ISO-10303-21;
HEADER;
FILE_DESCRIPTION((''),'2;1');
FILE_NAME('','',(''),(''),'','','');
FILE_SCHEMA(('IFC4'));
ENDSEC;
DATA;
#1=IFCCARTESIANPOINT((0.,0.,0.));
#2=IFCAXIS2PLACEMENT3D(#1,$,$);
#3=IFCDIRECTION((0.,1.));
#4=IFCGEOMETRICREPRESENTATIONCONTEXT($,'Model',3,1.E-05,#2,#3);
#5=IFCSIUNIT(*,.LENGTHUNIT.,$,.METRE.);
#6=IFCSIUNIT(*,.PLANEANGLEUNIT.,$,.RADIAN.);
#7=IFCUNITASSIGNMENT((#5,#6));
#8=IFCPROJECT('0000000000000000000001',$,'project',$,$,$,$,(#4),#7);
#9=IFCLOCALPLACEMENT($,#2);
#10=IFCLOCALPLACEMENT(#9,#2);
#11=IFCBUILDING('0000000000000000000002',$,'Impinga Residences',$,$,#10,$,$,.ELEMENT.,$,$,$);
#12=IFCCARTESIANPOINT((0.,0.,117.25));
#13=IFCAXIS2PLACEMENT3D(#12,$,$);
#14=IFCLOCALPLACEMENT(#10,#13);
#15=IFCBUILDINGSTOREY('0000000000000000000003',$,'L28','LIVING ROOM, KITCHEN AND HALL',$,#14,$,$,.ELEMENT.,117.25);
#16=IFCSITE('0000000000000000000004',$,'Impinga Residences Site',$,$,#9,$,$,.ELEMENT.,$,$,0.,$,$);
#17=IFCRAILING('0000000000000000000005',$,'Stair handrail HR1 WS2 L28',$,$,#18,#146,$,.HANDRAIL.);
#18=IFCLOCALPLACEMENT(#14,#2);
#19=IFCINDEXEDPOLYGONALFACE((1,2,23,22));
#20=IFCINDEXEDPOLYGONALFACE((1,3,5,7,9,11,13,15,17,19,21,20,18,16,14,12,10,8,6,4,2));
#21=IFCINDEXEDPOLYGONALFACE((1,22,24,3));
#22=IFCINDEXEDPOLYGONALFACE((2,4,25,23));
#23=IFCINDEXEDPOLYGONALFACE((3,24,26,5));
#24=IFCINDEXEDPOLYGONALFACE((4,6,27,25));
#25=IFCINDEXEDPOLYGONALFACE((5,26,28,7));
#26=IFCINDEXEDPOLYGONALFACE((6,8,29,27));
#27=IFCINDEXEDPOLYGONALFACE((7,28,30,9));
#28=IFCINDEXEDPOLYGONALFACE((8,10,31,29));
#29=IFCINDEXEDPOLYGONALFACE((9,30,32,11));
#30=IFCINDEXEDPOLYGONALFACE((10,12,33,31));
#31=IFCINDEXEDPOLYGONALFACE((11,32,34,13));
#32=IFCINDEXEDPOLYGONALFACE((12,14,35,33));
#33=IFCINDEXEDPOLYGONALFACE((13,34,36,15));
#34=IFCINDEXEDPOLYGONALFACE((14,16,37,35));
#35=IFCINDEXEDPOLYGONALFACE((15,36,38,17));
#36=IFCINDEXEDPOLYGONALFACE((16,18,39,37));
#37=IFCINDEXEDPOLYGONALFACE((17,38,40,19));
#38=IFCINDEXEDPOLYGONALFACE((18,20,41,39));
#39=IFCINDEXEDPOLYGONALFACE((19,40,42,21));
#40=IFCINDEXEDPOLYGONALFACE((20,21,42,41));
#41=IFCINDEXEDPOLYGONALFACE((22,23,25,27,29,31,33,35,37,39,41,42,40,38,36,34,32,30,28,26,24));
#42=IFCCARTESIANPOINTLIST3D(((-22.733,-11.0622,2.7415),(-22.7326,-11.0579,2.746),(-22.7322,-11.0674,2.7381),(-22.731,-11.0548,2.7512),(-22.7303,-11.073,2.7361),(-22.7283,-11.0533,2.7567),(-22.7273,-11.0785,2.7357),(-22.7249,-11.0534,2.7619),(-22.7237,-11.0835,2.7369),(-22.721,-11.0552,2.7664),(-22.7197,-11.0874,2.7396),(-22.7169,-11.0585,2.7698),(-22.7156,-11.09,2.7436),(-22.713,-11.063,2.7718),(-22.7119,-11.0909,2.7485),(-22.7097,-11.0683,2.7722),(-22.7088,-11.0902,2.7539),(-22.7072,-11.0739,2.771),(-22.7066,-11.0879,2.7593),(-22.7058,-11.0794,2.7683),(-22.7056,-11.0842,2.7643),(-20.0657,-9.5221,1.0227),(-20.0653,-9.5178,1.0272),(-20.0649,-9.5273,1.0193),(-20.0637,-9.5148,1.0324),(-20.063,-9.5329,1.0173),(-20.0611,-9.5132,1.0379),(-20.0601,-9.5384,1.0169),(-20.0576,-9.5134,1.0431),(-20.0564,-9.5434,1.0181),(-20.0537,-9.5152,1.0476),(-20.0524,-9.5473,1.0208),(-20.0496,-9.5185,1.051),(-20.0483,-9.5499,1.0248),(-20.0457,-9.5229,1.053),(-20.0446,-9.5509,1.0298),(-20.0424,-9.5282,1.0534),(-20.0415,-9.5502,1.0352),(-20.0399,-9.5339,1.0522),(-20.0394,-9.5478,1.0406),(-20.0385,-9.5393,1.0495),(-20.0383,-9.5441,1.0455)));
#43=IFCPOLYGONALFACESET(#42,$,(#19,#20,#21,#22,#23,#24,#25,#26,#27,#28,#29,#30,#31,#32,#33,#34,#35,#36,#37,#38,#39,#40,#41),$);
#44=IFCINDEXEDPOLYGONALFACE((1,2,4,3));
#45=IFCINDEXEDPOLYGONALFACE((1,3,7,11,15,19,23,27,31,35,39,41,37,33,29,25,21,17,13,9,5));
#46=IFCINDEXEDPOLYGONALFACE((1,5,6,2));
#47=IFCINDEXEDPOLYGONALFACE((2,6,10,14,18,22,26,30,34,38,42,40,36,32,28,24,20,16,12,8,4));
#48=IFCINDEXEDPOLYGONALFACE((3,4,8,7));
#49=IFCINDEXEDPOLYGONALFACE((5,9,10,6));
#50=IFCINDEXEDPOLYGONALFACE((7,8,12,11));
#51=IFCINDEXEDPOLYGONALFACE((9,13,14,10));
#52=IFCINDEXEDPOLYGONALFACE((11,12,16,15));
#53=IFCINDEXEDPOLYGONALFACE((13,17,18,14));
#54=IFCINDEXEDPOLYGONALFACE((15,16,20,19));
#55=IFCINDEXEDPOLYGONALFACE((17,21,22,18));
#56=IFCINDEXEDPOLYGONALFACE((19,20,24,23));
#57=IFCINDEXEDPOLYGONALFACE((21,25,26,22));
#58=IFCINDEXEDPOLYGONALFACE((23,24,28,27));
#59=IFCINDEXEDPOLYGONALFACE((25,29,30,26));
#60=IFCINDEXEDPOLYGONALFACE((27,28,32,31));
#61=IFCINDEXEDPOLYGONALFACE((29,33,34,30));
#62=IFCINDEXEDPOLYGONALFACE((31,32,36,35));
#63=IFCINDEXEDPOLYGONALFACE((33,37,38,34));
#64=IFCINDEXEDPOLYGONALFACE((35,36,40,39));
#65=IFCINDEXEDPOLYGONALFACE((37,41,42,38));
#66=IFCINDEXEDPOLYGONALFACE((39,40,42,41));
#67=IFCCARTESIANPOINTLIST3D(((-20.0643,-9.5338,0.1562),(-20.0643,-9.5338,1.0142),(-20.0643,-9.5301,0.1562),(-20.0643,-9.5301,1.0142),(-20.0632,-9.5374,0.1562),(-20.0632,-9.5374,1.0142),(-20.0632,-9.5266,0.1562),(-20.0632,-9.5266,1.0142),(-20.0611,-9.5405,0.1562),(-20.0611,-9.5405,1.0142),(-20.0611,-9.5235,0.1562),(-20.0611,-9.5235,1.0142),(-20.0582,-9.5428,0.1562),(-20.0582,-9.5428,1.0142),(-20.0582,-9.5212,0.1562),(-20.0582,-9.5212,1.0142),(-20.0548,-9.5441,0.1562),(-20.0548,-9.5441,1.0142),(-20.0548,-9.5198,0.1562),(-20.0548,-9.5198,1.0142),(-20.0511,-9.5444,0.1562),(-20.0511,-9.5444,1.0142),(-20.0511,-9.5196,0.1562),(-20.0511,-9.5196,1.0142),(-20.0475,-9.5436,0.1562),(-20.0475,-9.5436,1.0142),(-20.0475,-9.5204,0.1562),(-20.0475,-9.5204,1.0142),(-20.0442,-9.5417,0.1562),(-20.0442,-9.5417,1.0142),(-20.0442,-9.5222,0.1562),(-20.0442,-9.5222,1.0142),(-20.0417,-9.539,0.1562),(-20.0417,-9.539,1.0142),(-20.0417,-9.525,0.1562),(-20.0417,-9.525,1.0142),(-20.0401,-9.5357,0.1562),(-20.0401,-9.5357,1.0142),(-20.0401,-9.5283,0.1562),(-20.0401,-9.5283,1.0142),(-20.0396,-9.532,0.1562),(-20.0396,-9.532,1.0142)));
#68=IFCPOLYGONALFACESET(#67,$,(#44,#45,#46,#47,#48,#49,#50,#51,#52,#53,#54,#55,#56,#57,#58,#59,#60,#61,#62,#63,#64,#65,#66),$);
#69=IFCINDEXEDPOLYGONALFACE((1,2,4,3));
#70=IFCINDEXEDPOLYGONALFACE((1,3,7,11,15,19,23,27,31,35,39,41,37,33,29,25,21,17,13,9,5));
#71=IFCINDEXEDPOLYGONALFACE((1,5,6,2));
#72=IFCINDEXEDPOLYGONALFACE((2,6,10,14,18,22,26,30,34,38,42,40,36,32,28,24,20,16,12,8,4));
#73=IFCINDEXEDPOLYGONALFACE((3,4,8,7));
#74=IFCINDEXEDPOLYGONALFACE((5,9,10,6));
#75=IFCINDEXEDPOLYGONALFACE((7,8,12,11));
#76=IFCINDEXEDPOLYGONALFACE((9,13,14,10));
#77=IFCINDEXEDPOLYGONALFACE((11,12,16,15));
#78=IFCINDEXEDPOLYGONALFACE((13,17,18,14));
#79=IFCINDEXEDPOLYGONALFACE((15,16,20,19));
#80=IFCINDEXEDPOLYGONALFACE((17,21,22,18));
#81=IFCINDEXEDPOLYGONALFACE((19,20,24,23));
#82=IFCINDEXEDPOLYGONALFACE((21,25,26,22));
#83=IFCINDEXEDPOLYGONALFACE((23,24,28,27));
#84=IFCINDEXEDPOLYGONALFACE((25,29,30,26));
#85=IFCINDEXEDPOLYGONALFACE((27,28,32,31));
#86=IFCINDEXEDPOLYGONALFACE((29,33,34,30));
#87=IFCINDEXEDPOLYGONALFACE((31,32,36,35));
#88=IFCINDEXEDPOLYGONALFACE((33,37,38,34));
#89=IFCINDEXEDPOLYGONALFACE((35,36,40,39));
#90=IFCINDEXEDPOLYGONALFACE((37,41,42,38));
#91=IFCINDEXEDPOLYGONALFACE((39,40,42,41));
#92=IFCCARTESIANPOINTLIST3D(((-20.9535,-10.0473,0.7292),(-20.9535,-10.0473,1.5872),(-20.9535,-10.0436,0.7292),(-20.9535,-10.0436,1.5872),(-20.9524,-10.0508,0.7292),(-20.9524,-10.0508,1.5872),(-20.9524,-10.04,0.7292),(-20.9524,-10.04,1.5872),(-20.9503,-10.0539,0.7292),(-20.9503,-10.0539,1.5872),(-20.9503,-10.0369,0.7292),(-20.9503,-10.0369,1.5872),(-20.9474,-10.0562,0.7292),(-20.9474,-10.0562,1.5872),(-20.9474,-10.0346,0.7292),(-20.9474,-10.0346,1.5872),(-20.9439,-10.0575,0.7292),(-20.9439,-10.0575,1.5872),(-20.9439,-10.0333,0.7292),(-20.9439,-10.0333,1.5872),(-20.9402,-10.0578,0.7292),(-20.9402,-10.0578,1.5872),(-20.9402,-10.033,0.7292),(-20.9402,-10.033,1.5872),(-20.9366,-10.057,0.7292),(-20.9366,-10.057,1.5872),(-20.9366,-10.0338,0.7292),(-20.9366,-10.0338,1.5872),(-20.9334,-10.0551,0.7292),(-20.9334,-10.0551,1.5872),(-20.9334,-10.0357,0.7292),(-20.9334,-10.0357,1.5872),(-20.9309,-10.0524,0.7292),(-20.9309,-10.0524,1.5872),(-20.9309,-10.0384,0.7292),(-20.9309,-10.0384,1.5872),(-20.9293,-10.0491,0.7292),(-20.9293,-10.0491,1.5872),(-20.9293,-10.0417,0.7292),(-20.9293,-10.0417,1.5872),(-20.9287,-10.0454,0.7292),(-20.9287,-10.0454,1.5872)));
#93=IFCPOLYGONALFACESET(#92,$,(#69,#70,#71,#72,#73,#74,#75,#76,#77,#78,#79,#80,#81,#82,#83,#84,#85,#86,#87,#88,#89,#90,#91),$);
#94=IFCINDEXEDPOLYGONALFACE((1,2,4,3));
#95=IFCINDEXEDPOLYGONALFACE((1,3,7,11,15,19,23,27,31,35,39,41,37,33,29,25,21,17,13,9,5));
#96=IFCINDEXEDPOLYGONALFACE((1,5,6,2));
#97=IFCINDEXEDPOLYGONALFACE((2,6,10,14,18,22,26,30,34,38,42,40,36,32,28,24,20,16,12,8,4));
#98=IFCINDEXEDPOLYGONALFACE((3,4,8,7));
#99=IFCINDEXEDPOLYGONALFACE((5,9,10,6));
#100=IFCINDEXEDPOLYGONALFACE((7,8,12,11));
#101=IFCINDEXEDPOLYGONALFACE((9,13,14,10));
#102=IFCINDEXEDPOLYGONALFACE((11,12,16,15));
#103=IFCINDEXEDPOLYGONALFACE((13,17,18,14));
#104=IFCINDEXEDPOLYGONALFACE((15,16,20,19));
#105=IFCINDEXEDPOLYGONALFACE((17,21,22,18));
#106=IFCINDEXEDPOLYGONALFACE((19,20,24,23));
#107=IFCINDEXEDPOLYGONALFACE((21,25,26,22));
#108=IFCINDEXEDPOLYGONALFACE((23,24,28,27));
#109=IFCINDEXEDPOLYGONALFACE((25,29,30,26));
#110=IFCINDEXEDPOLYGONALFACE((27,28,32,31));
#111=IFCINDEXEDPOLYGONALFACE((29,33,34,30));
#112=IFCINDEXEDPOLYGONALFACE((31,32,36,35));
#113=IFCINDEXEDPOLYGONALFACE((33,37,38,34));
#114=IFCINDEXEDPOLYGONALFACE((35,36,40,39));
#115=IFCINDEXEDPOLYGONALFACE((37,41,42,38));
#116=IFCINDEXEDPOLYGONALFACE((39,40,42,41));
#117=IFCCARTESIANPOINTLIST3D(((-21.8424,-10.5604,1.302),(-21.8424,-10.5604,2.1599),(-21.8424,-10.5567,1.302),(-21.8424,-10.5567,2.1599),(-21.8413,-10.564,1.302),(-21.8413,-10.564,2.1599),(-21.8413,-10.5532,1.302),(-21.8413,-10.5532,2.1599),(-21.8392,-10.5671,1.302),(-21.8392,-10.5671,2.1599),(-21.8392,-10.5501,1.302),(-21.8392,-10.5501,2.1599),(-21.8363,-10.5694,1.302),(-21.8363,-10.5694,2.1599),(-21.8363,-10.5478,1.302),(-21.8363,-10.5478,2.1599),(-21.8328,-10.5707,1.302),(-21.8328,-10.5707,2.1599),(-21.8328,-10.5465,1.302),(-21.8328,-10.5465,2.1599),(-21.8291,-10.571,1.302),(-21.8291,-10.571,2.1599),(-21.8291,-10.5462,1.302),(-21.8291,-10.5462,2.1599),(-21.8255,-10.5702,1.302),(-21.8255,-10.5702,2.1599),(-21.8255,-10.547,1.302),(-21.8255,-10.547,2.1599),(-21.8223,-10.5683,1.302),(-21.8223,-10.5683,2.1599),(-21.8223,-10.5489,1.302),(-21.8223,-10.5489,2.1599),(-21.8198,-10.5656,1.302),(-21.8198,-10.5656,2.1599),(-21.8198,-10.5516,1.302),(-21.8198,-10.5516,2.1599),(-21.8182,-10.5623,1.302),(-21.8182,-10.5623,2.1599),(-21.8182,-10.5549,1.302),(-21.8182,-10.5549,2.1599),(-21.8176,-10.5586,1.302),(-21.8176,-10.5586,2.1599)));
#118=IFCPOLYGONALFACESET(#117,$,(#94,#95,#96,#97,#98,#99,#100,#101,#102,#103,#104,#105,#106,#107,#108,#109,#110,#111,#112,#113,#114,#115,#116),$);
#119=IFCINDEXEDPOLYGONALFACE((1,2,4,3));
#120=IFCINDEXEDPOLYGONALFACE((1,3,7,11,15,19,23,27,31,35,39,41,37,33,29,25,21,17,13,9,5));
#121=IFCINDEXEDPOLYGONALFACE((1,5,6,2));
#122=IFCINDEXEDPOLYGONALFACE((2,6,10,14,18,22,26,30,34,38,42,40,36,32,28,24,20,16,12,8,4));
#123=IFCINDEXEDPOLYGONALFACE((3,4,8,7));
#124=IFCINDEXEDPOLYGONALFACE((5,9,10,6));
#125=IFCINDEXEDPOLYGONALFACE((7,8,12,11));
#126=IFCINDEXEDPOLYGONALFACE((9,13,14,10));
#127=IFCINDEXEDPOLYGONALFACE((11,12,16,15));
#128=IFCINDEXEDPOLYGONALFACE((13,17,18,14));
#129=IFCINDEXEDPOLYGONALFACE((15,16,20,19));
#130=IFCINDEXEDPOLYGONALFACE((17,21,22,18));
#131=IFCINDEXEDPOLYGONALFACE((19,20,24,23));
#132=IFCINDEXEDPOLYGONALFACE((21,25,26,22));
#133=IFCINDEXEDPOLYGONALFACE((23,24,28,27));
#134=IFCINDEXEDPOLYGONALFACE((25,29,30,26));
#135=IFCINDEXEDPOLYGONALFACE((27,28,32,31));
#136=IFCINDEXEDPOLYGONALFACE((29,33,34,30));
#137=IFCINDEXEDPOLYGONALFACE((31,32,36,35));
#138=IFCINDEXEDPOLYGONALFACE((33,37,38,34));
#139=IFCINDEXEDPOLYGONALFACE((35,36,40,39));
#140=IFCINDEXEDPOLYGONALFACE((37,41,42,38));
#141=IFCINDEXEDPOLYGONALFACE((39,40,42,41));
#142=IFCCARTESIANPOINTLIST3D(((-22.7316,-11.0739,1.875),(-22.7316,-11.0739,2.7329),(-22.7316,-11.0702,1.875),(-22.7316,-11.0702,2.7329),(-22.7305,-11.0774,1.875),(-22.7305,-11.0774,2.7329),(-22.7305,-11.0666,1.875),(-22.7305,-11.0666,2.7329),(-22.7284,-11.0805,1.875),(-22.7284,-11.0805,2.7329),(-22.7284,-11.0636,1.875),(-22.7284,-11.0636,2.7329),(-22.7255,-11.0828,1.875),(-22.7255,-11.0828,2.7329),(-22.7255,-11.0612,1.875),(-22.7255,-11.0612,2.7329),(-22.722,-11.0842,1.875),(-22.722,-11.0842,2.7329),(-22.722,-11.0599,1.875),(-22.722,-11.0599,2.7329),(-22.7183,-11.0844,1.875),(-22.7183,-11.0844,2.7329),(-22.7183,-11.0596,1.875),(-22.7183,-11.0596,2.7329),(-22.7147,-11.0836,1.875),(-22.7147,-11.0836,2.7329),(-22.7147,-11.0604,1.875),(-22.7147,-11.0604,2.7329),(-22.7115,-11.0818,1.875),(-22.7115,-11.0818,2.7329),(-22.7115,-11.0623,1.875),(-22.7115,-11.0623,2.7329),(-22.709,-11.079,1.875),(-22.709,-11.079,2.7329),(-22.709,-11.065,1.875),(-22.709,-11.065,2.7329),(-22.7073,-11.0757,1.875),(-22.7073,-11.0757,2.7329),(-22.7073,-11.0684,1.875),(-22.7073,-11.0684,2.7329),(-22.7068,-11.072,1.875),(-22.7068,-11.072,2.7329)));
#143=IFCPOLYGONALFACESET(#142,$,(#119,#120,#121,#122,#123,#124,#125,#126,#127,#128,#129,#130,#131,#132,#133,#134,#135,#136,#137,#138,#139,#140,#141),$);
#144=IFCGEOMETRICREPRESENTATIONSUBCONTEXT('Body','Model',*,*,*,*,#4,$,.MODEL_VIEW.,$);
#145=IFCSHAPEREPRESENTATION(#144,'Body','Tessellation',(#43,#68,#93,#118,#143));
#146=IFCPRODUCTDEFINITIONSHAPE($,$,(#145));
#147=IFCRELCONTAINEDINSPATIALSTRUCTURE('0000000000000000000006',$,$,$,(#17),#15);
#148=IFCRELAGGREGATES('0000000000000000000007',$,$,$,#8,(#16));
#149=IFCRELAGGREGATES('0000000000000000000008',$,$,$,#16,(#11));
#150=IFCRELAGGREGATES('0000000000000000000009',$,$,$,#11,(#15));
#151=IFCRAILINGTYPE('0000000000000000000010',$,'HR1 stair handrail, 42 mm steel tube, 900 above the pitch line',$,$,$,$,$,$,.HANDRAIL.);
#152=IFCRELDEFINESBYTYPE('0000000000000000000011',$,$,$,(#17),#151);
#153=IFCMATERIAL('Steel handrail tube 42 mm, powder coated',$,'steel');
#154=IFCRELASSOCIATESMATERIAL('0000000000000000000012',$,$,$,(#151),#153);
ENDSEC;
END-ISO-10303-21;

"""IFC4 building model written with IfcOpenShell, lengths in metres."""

from ifc_helpers import new_model, si_unit, direction, frame, origin, origin_2d, place, context, subcontext, project, spatial, circle, extrude, material, type_object, element, save


model = new_model("IFC4")

# Units and contexts
model_context = context("Model", 3, precision=1e-05, world=origin(), true_north=direction((0.0, 1.0)))
body_context = subcontext(model_context, "Body", "Model", "MODEL_VIEW")
ifc_project = project(units=[si_unit("LENGTHUNIT", "METRE"), si_unit("PLANEANGLEUNIT", "RADIAN")], contexts=[model_context])

# Site, building, storey
site_placement = place(None, origin())
site = spatial("IfcSite", under=ifc_project, at=site_placement, Name="Impinga Residences Site", CompositionType="ELEMENT", RefElevation=0.0)
building_placement = place(site_placement, origin())
building = spatial("IfcBuilding", under=site, at=building_placement, Name="Impinga Residences", CompositionType="ELEMENT")
storey_placement = place(building_placement, frame((0.0, 0.0, 117.25)))
storey = spatial("IfcBuildingStorey", under=building, at=storey_placement, Name="L28", Description="LIVING ROOM, KITCHEN AND HALL", CompositionType="ELEMENT", Elevation=117.25)

# Railing
ifc_material_1 = material(Name="Steel handrail tube 42 mm, powder coated", Category="steel")
railing_type_1 = type_object("IfcRailingType", Name="HR1 stair handrail, 42 mm steel tube, 900 above the pitch line", PredefinedType="HANDRAIL", material=ifc_material_1)
railing_1_placement = place(storey_placement, frame((-20.052, -9.532, 0.1562)))
element("IfcRailing", 1, at=railing_1_placement, inside=storey, type_object=railing_type_1, Name="Stair handrail HR1 WS2 L28", PredefinedType="HANDRAIL", context=body_context, shape_type="SweptSolid", body=[
    extrude(circle(Radius=0.021, at=origin_2d()), frame((0.0, 0.0, 0.8789), z_axis=(-0.756226, -0.436639, 0.487307), x_axis=(0.500027, -0.86601, 0.0)), (0.0, 0.0, 1.0), 3.5271),
    extrude(circle(Radius=0.0125, at=origin_2d()), origin(), (0.0, 0.0, 1.0), 0.8579),
    extrude(circle(Radius=0.0125, at=origin_2d()), frame((-0.8892, -0.5134, 0.573)), (0.0, 0.0, 1.0), 0.8579),
    extrude(circle(Radius=0.0125, at=origin_2d()), frame((-1.7781, -1.0266, 1.1458)), (0.0, 0.0, 1.0), 0.8579),
    extrude(circle(Radius=0.0125, at=origin_2d()), frame((-2.6672, -1.54, 1.7188)), (0.0, 0.0, 1.0), 0.8579),
])

save(model, "model.ifc")
